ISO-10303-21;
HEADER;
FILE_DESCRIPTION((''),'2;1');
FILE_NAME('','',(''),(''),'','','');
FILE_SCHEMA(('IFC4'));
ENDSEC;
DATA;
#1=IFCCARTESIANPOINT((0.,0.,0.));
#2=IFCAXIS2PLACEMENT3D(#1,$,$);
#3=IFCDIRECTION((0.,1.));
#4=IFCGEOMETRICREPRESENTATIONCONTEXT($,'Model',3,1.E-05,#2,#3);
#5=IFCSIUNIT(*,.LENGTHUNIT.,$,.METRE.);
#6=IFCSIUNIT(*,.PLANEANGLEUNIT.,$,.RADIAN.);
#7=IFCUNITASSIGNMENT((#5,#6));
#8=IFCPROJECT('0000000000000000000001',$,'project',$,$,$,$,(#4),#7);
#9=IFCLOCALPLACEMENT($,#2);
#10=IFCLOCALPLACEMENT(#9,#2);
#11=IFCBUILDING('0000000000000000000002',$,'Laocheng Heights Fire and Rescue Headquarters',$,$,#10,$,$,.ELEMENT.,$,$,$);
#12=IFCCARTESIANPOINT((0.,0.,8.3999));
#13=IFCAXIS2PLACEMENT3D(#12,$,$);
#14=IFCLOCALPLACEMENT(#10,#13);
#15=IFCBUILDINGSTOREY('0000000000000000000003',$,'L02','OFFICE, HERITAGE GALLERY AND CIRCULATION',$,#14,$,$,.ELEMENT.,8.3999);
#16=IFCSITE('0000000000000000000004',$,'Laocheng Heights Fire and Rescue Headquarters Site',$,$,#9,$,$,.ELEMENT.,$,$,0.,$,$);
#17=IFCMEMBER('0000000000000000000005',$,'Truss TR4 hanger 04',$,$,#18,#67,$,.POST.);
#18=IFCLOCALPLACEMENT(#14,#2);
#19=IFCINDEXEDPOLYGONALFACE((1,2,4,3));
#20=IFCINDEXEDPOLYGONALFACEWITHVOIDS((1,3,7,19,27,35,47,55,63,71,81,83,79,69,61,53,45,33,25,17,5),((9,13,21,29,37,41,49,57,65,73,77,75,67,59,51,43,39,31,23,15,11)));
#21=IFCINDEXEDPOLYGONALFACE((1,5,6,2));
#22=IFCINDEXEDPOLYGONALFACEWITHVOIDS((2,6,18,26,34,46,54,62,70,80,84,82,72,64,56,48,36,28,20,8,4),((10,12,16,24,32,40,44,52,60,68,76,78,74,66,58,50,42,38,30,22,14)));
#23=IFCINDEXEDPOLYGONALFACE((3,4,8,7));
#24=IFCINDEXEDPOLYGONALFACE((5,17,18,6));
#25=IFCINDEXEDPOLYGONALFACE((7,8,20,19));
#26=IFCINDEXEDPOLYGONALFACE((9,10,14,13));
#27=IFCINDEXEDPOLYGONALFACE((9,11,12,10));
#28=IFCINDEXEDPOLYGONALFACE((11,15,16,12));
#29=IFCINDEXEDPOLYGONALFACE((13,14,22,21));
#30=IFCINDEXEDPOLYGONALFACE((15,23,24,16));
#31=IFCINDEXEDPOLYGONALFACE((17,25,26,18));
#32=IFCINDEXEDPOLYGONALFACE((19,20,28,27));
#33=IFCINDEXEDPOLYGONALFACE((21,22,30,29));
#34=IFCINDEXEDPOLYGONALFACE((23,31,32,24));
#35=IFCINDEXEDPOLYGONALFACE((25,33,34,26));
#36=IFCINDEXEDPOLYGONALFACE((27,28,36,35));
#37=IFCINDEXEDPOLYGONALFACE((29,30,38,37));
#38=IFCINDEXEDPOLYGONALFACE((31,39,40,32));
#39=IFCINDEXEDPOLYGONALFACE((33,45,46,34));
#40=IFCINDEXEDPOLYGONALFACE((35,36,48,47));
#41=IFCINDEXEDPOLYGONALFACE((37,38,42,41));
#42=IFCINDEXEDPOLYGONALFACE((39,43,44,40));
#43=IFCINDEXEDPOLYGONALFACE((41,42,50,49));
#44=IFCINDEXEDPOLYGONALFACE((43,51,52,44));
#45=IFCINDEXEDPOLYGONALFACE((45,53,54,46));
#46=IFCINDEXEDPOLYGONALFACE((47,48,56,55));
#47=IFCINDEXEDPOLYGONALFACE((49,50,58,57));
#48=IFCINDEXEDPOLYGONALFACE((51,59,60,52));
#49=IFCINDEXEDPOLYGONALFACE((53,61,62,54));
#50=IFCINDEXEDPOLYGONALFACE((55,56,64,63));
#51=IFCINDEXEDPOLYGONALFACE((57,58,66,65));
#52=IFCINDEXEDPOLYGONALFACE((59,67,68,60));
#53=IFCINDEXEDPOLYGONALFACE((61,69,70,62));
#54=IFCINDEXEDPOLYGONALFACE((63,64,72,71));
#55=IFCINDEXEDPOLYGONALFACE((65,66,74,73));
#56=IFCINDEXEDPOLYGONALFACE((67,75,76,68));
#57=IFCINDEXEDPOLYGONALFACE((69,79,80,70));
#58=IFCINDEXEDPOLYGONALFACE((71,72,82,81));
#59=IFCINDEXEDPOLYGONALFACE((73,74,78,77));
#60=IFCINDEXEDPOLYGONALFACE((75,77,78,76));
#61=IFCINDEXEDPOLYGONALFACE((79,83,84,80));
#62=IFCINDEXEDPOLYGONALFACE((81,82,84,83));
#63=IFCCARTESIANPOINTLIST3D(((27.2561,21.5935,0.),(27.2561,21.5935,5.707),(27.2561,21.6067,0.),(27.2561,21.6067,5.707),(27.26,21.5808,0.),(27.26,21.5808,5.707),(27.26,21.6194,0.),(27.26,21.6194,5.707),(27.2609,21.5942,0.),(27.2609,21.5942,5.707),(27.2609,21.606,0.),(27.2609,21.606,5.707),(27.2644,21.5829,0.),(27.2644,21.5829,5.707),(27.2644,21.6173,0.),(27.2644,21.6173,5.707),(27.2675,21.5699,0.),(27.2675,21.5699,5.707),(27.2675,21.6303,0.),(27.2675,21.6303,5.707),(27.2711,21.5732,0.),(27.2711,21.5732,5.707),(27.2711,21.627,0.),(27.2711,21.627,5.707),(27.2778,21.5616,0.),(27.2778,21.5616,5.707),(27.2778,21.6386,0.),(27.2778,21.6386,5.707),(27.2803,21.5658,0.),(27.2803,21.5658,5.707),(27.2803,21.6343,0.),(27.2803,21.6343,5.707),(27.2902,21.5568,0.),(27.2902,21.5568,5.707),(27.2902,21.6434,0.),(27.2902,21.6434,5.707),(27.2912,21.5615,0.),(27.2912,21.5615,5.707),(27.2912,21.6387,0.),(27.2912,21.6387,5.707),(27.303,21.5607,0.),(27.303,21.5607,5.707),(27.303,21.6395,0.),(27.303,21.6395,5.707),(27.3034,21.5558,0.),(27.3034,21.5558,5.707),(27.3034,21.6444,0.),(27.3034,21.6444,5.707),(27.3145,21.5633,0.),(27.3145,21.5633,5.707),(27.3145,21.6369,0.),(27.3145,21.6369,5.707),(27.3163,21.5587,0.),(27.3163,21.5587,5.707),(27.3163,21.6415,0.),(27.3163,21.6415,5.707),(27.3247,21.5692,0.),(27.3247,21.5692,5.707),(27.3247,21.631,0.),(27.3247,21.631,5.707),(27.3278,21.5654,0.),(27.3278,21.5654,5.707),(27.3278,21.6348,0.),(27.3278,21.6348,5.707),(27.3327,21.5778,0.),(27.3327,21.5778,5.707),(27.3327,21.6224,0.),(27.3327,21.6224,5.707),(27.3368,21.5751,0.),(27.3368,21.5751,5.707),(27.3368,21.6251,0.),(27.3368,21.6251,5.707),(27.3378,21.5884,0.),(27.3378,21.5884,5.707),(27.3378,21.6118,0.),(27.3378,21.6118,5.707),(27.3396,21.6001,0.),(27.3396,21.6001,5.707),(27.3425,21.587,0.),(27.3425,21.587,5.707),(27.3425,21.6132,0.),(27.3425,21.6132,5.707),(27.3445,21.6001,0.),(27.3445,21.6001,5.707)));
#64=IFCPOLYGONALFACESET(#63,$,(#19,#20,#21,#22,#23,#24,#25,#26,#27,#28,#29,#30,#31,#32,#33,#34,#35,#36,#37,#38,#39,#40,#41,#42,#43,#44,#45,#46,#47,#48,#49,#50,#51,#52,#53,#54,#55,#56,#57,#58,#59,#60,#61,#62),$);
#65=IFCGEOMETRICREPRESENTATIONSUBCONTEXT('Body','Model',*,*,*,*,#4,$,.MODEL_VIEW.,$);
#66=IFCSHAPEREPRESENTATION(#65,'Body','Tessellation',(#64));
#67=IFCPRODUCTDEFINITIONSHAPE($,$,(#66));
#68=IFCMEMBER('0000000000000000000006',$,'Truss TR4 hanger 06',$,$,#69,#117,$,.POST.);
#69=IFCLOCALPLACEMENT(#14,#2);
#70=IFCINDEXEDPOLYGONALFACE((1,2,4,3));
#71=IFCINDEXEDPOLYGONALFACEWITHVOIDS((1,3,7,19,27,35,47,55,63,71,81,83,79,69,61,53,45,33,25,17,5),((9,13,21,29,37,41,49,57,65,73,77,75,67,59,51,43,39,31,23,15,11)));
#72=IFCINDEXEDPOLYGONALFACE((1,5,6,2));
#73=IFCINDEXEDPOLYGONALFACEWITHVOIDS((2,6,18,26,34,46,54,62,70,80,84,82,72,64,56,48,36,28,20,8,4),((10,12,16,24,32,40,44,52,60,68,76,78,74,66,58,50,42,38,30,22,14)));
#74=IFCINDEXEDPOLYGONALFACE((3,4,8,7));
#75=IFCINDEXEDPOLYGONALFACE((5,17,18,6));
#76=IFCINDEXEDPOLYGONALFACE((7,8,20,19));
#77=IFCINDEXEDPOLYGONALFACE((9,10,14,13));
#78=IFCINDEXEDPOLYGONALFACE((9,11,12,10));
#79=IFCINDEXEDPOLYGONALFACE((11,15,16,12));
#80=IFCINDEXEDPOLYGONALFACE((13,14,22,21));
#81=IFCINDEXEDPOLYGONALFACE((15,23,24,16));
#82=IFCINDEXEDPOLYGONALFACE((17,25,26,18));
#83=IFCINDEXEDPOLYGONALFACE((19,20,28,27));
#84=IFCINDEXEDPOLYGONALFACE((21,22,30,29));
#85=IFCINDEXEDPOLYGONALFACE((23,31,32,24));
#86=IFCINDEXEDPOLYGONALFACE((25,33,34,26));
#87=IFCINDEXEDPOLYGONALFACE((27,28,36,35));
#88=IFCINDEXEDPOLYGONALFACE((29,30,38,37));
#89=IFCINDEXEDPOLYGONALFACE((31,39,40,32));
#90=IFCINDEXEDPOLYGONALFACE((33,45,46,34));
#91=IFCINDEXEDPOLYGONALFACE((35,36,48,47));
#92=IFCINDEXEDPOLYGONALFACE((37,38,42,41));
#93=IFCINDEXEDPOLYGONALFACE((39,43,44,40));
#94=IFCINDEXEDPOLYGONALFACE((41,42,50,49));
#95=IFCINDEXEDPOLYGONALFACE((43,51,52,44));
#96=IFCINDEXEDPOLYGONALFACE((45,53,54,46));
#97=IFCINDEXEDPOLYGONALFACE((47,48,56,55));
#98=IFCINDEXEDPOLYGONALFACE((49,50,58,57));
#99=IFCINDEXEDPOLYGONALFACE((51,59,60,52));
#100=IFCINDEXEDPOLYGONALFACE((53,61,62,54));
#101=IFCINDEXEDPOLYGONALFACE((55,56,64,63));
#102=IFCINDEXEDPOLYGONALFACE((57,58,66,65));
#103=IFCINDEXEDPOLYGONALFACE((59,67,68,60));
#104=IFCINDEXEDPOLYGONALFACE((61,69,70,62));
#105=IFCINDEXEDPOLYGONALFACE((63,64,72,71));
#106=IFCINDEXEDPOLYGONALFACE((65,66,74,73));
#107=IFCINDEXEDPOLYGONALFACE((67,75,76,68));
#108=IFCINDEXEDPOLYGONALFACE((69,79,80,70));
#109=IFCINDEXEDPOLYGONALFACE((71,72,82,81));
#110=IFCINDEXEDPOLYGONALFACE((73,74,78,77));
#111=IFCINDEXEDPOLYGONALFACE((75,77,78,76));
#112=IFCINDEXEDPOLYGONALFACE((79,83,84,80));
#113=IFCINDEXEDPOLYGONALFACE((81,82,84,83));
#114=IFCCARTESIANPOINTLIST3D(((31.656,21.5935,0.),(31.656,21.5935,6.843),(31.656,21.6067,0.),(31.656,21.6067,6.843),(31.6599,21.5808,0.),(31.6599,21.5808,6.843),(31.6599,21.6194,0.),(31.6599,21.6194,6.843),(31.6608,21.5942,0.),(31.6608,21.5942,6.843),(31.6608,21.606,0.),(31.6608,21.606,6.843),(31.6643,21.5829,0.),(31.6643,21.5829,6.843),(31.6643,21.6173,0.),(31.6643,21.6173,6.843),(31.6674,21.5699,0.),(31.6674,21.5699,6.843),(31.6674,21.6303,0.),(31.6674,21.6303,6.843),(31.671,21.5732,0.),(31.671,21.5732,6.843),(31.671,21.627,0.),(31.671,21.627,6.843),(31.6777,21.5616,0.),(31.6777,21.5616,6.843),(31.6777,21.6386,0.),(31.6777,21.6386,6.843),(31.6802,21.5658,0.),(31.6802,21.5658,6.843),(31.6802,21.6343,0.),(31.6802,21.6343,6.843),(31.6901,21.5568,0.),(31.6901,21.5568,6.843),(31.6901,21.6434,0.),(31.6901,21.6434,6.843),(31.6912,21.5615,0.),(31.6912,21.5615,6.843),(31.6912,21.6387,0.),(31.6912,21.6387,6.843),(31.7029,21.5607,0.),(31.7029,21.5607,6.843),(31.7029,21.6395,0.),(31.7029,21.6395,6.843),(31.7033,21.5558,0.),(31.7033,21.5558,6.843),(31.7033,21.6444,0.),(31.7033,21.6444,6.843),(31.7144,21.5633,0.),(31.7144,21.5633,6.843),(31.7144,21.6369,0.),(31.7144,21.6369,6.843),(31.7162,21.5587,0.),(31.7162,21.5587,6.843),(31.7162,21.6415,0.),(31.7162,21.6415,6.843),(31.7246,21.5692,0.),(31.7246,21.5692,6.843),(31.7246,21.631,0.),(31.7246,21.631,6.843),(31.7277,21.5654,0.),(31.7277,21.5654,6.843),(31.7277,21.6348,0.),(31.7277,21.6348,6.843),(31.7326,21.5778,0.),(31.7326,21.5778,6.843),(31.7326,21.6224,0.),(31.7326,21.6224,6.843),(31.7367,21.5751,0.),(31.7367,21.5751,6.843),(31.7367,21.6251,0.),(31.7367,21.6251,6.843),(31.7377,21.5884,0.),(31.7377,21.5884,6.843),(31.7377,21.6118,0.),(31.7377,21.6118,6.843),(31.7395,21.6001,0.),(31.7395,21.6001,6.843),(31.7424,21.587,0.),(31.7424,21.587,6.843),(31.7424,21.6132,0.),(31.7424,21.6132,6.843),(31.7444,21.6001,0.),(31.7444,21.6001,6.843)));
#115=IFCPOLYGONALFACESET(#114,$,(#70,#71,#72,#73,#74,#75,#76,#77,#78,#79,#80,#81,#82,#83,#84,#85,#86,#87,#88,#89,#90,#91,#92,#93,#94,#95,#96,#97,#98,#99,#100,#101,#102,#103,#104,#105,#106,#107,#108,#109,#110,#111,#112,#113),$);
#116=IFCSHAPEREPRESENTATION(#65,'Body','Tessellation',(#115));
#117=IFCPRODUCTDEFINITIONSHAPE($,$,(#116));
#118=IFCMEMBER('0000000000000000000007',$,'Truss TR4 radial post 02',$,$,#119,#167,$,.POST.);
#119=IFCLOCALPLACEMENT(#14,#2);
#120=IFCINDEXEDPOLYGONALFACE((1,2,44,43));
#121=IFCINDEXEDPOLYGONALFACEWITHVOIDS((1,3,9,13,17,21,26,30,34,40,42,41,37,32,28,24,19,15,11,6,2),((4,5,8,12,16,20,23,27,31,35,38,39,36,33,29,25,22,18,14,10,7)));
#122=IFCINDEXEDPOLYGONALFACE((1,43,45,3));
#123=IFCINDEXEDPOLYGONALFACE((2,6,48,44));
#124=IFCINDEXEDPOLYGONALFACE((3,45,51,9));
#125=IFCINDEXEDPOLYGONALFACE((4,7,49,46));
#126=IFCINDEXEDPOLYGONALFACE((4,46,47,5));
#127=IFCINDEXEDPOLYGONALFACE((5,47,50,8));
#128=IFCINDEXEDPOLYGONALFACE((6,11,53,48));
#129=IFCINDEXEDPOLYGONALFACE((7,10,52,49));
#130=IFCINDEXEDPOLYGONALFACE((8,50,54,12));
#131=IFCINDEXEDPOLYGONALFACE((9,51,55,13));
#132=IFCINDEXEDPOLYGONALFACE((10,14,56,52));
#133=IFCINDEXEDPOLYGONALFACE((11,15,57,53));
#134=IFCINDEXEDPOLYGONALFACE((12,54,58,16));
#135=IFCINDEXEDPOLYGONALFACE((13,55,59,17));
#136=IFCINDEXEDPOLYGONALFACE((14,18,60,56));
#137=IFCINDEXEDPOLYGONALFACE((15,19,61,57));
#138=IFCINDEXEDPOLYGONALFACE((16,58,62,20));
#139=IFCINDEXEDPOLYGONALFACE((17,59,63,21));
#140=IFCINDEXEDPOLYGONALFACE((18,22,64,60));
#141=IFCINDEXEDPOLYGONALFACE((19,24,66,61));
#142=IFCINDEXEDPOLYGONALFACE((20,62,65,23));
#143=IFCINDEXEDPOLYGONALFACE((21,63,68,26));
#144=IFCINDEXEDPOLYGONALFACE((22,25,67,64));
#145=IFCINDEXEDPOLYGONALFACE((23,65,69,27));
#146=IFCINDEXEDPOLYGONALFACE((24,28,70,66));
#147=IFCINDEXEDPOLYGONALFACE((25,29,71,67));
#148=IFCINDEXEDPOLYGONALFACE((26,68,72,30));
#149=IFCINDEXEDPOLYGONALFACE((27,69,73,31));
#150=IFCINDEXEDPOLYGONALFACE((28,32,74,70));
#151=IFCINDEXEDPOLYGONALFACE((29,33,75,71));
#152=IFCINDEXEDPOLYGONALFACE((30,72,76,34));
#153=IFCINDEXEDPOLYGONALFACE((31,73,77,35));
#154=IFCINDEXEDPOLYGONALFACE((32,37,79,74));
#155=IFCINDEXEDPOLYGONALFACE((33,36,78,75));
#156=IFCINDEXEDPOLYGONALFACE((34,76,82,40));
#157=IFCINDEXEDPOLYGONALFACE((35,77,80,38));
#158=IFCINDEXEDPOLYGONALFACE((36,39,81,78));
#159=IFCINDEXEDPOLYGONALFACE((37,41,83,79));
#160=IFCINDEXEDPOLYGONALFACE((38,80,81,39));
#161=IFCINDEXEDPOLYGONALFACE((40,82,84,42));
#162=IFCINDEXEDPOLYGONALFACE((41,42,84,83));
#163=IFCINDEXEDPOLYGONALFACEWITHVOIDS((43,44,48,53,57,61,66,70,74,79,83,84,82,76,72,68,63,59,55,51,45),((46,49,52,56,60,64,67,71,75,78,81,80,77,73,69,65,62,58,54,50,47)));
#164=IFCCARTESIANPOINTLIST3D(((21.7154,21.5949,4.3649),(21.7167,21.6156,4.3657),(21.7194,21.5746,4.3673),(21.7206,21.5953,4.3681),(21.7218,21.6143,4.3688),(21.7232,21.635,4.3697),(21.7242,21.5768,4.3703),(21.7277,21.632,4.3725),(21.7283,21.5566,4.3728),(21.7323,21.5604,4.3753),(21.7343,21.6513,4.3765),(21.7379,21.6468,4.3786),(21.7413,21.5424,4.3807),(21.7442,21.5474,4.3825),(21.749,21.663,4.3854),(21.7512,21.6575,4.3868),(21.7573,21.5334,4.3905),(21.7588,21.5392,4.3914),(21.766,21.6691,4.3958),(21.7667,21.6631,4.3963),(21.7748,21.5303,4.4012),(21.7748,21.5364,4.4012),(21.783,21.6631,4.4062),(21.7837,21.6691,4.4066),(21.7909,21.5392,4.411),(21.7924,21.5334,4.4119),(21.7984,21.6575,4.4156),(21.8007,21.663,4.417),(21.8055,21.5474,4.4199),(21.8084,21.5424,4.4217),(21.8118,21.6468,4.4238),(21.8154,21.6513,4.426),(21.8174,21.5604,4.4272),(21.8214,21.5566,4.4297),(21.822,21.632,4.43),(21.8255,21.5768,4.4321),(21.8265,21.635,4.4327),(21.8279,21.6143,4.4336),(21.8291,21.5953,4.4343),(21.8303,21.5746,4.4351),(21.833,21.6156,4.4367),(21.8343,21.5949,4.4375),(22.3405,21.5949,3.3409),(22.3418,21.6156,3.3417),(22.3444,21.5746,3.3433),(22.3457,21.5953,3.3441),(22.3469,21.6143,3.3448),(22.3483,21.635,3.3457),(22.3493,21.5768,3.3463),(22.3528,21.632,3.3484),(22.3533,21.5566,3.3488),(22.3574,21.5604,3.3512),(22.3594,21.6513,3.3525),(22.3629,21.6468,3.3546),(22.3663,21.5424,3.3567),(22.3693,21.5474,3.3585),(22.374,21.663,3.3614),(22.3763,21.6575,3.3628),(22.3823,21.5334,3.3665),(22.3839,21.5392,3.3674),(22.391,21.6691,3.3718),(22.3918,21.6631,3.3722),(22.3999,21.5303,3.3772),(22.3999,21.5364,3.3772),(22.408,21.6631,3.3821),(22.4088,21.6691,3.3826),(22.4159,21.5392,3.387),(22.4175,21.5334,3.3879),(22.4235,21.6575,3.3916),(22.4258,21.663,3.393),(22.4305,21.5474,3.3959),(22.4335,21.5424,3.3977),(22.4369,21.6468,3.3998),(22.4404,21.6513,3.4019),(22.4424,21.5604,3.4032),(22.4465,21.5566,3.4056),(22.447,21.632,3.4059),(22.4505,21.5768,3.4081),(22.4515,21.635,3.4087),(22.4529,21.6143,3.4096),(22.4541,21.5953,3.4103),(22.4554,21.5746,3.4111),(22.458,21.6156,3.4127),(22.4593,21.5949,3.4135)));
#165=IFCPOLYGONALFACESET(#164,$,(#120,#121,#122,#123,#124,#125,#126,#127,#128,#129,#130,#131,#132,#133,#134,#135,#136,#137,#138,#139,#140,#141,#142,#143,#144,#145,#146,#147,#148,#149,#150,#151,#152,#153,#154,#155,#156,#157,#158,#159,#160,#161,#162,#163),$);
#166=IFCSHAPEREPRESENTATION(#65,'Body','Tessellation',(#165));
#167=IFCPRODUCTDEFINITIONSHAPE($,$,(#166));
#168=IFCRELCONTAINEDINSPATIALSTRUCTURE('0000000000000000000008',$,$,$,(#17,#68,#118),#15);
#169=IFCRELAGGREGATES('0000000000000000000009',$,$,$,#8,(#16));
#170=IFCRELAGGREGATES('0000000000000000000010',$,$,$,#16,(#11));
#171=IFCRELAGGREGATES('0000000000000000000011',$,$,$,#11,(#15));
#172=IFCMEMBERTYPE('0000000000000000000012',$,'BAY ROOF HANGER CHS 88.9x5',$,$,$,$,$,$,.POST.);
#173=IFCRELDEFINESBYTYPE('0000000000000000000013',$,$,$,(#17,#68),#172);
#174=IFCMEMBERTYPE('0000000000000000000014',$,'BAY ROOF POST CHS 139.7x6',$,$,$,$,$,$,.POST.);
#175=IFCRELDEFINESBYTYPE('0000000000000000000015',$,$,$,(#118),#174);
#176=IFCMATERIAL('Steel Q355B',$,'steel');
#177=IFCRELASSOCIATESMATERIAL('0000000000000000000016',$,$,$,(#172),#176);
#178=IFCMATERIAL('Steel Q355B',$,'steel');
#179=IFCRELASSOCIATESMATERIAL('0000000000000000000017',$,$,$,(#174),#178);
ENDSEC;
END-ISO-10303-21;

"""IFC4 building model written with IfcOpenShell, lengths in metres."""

from ifc_helpers import new_model, si_unit, direction, frame, origin, origin_2d, place, context, subcontext, project, spatial, hollow_circle, extrude, material, material_profile, profile_set, type_object, element, save


model = new_model("IFC4")

# Units and contexts
model_context = context("Model", 3, precision=1e-05, world=origin(), true_north=direction((0.0, 1.0)))
body_context = subcontext(model_context, "Body", "Model", "MODEL_VIEW")
ifc_project = project(units=[si_unit("LENGTHUNIT", "METRE"), si_unit("PLANEANGLEUNIT", "RADIAN")], contexts=[model_context])

# Site, building, storey
site_placement = place(None, origin())
site = spatial("IfcSite", under=ifc_project, at=site_placement, Name="Laocheng Heights Fire and Rescue Headquarters Site", CompositionType="ELEMENT", RefElevation=0.0)
building_placement = place(site_placement, origin())
building = spatial("IfcBuilding", under=site, at=building_placement, Name="Laocheng Heights Fire and Rescue Headquarters", CompositionType="ELEMENT")
storey_placement = place(building_placement, frame((0.0, 0.0, 8.3999)))
storey = spatial("IfcBuildingStorey", under=building, at=storey_placement, Name="L02", Description="OFFICE, HERITAGE GALLERY AND CIRCULATION", CompositionType="ELEMENT", Elevation=8.3999)

# Members
ifc_material_1 = material(Name="Steel Q355B", Category="steel")
ifc_material_profile_1 = material_profile(ifc_material_1, hollow_circle(Radius=0.0444, WallThickness=0.0049, at=origin_2d()), Name="CHS 88.9x5")
ifc_profile_set_1 = profile_set([ifc_material_profile_1], Name="Steel Q355B")
member_type_1 = type_object("IfcMemberType", Name="BAY ROOF HANGER CHS 88.9x5", PredefinedType="POST", material=ifc_profile_set_1)
member_1_placement = place(storey_placement, frame((27.3, 21.6001, 0.0), z_axis=(0.0, 0.0, 1.0), x_axis=(1.0, 0.0, 0.0)))
element("IfcMember", 1, at=member_1_placement, inside=storey, type_object=member_type_1, Name="Truss TR4 hanger 04", PredefinedType="POST", context=body_context, shape_type="SweptSolid", body=[
    extrude(hollow_circle(Radius=0.0444, WallThickness=0.0049, at=origin_2d()), origin(), (0.0, 0.0, 1.0), 5.707),
])
member_2_placement = place(storey_placement, frame((31.7, 21.6001, 0.0), z_axis=(0.0, 0.0, 1.0), x_axis=(1.0, 0.0, 0.0)))
element("IfcMember", 2, at=member_2_placement, inside=storey, type_object=member_type_1, Name="Truss TR4 hanger 06", PredefinedType="POST", context=body_context, shape_type="SweptSolid", body=[
    extrude(hollow_circle(Radius=0.0444, WallThickness=0.0049, at=origin_2d()), origin(), (0.0, 0.0, 1.0), 6.843),
])
ifc_material_2 = material(Name="Steel Q355B", Category="steel")
ifc_material_profile_2 = material_profile(ifc_material_2, hollow_circle(Radius=0.0698, WallThickness=0.0061, at=origin_2d()), Name="CHS 139.7x6")
ifc_profile_set_2 = profile_set([ifc_material_profile_2], Name="Steel Q355B")
member_type_2 = type_object("IfcMemberType", Name="BAY ROOF POST CHS 139.7x6", PredefinedType="POST", material=ifc_profile_set_2)
for number, where, z_axis, x_axis, name in (
    (3, (22.3999, 21.6001, 3.3772), (-0.521005, 0.0, 0.853553), (0.0, -1.0, 0.0), "Truss TR4 radial post 02"),
):
    element("IfcMember", number, at=place(storey_placement, frame(where, z_axis=z_axis, x_axis=x_axis)), inside=storey, type_object=member_type_2, Name=name, PredefinedType="POST", context=body_context, shape_type="SweptSolid", body=[
        extrude(hollow_circle(Radius=0.0698, WallThickness=0.0061, at=origin_2d()), origin(), (0.0, 0.0, 1.0), 1.1997),
    ])

save(model, "model.ifc")
